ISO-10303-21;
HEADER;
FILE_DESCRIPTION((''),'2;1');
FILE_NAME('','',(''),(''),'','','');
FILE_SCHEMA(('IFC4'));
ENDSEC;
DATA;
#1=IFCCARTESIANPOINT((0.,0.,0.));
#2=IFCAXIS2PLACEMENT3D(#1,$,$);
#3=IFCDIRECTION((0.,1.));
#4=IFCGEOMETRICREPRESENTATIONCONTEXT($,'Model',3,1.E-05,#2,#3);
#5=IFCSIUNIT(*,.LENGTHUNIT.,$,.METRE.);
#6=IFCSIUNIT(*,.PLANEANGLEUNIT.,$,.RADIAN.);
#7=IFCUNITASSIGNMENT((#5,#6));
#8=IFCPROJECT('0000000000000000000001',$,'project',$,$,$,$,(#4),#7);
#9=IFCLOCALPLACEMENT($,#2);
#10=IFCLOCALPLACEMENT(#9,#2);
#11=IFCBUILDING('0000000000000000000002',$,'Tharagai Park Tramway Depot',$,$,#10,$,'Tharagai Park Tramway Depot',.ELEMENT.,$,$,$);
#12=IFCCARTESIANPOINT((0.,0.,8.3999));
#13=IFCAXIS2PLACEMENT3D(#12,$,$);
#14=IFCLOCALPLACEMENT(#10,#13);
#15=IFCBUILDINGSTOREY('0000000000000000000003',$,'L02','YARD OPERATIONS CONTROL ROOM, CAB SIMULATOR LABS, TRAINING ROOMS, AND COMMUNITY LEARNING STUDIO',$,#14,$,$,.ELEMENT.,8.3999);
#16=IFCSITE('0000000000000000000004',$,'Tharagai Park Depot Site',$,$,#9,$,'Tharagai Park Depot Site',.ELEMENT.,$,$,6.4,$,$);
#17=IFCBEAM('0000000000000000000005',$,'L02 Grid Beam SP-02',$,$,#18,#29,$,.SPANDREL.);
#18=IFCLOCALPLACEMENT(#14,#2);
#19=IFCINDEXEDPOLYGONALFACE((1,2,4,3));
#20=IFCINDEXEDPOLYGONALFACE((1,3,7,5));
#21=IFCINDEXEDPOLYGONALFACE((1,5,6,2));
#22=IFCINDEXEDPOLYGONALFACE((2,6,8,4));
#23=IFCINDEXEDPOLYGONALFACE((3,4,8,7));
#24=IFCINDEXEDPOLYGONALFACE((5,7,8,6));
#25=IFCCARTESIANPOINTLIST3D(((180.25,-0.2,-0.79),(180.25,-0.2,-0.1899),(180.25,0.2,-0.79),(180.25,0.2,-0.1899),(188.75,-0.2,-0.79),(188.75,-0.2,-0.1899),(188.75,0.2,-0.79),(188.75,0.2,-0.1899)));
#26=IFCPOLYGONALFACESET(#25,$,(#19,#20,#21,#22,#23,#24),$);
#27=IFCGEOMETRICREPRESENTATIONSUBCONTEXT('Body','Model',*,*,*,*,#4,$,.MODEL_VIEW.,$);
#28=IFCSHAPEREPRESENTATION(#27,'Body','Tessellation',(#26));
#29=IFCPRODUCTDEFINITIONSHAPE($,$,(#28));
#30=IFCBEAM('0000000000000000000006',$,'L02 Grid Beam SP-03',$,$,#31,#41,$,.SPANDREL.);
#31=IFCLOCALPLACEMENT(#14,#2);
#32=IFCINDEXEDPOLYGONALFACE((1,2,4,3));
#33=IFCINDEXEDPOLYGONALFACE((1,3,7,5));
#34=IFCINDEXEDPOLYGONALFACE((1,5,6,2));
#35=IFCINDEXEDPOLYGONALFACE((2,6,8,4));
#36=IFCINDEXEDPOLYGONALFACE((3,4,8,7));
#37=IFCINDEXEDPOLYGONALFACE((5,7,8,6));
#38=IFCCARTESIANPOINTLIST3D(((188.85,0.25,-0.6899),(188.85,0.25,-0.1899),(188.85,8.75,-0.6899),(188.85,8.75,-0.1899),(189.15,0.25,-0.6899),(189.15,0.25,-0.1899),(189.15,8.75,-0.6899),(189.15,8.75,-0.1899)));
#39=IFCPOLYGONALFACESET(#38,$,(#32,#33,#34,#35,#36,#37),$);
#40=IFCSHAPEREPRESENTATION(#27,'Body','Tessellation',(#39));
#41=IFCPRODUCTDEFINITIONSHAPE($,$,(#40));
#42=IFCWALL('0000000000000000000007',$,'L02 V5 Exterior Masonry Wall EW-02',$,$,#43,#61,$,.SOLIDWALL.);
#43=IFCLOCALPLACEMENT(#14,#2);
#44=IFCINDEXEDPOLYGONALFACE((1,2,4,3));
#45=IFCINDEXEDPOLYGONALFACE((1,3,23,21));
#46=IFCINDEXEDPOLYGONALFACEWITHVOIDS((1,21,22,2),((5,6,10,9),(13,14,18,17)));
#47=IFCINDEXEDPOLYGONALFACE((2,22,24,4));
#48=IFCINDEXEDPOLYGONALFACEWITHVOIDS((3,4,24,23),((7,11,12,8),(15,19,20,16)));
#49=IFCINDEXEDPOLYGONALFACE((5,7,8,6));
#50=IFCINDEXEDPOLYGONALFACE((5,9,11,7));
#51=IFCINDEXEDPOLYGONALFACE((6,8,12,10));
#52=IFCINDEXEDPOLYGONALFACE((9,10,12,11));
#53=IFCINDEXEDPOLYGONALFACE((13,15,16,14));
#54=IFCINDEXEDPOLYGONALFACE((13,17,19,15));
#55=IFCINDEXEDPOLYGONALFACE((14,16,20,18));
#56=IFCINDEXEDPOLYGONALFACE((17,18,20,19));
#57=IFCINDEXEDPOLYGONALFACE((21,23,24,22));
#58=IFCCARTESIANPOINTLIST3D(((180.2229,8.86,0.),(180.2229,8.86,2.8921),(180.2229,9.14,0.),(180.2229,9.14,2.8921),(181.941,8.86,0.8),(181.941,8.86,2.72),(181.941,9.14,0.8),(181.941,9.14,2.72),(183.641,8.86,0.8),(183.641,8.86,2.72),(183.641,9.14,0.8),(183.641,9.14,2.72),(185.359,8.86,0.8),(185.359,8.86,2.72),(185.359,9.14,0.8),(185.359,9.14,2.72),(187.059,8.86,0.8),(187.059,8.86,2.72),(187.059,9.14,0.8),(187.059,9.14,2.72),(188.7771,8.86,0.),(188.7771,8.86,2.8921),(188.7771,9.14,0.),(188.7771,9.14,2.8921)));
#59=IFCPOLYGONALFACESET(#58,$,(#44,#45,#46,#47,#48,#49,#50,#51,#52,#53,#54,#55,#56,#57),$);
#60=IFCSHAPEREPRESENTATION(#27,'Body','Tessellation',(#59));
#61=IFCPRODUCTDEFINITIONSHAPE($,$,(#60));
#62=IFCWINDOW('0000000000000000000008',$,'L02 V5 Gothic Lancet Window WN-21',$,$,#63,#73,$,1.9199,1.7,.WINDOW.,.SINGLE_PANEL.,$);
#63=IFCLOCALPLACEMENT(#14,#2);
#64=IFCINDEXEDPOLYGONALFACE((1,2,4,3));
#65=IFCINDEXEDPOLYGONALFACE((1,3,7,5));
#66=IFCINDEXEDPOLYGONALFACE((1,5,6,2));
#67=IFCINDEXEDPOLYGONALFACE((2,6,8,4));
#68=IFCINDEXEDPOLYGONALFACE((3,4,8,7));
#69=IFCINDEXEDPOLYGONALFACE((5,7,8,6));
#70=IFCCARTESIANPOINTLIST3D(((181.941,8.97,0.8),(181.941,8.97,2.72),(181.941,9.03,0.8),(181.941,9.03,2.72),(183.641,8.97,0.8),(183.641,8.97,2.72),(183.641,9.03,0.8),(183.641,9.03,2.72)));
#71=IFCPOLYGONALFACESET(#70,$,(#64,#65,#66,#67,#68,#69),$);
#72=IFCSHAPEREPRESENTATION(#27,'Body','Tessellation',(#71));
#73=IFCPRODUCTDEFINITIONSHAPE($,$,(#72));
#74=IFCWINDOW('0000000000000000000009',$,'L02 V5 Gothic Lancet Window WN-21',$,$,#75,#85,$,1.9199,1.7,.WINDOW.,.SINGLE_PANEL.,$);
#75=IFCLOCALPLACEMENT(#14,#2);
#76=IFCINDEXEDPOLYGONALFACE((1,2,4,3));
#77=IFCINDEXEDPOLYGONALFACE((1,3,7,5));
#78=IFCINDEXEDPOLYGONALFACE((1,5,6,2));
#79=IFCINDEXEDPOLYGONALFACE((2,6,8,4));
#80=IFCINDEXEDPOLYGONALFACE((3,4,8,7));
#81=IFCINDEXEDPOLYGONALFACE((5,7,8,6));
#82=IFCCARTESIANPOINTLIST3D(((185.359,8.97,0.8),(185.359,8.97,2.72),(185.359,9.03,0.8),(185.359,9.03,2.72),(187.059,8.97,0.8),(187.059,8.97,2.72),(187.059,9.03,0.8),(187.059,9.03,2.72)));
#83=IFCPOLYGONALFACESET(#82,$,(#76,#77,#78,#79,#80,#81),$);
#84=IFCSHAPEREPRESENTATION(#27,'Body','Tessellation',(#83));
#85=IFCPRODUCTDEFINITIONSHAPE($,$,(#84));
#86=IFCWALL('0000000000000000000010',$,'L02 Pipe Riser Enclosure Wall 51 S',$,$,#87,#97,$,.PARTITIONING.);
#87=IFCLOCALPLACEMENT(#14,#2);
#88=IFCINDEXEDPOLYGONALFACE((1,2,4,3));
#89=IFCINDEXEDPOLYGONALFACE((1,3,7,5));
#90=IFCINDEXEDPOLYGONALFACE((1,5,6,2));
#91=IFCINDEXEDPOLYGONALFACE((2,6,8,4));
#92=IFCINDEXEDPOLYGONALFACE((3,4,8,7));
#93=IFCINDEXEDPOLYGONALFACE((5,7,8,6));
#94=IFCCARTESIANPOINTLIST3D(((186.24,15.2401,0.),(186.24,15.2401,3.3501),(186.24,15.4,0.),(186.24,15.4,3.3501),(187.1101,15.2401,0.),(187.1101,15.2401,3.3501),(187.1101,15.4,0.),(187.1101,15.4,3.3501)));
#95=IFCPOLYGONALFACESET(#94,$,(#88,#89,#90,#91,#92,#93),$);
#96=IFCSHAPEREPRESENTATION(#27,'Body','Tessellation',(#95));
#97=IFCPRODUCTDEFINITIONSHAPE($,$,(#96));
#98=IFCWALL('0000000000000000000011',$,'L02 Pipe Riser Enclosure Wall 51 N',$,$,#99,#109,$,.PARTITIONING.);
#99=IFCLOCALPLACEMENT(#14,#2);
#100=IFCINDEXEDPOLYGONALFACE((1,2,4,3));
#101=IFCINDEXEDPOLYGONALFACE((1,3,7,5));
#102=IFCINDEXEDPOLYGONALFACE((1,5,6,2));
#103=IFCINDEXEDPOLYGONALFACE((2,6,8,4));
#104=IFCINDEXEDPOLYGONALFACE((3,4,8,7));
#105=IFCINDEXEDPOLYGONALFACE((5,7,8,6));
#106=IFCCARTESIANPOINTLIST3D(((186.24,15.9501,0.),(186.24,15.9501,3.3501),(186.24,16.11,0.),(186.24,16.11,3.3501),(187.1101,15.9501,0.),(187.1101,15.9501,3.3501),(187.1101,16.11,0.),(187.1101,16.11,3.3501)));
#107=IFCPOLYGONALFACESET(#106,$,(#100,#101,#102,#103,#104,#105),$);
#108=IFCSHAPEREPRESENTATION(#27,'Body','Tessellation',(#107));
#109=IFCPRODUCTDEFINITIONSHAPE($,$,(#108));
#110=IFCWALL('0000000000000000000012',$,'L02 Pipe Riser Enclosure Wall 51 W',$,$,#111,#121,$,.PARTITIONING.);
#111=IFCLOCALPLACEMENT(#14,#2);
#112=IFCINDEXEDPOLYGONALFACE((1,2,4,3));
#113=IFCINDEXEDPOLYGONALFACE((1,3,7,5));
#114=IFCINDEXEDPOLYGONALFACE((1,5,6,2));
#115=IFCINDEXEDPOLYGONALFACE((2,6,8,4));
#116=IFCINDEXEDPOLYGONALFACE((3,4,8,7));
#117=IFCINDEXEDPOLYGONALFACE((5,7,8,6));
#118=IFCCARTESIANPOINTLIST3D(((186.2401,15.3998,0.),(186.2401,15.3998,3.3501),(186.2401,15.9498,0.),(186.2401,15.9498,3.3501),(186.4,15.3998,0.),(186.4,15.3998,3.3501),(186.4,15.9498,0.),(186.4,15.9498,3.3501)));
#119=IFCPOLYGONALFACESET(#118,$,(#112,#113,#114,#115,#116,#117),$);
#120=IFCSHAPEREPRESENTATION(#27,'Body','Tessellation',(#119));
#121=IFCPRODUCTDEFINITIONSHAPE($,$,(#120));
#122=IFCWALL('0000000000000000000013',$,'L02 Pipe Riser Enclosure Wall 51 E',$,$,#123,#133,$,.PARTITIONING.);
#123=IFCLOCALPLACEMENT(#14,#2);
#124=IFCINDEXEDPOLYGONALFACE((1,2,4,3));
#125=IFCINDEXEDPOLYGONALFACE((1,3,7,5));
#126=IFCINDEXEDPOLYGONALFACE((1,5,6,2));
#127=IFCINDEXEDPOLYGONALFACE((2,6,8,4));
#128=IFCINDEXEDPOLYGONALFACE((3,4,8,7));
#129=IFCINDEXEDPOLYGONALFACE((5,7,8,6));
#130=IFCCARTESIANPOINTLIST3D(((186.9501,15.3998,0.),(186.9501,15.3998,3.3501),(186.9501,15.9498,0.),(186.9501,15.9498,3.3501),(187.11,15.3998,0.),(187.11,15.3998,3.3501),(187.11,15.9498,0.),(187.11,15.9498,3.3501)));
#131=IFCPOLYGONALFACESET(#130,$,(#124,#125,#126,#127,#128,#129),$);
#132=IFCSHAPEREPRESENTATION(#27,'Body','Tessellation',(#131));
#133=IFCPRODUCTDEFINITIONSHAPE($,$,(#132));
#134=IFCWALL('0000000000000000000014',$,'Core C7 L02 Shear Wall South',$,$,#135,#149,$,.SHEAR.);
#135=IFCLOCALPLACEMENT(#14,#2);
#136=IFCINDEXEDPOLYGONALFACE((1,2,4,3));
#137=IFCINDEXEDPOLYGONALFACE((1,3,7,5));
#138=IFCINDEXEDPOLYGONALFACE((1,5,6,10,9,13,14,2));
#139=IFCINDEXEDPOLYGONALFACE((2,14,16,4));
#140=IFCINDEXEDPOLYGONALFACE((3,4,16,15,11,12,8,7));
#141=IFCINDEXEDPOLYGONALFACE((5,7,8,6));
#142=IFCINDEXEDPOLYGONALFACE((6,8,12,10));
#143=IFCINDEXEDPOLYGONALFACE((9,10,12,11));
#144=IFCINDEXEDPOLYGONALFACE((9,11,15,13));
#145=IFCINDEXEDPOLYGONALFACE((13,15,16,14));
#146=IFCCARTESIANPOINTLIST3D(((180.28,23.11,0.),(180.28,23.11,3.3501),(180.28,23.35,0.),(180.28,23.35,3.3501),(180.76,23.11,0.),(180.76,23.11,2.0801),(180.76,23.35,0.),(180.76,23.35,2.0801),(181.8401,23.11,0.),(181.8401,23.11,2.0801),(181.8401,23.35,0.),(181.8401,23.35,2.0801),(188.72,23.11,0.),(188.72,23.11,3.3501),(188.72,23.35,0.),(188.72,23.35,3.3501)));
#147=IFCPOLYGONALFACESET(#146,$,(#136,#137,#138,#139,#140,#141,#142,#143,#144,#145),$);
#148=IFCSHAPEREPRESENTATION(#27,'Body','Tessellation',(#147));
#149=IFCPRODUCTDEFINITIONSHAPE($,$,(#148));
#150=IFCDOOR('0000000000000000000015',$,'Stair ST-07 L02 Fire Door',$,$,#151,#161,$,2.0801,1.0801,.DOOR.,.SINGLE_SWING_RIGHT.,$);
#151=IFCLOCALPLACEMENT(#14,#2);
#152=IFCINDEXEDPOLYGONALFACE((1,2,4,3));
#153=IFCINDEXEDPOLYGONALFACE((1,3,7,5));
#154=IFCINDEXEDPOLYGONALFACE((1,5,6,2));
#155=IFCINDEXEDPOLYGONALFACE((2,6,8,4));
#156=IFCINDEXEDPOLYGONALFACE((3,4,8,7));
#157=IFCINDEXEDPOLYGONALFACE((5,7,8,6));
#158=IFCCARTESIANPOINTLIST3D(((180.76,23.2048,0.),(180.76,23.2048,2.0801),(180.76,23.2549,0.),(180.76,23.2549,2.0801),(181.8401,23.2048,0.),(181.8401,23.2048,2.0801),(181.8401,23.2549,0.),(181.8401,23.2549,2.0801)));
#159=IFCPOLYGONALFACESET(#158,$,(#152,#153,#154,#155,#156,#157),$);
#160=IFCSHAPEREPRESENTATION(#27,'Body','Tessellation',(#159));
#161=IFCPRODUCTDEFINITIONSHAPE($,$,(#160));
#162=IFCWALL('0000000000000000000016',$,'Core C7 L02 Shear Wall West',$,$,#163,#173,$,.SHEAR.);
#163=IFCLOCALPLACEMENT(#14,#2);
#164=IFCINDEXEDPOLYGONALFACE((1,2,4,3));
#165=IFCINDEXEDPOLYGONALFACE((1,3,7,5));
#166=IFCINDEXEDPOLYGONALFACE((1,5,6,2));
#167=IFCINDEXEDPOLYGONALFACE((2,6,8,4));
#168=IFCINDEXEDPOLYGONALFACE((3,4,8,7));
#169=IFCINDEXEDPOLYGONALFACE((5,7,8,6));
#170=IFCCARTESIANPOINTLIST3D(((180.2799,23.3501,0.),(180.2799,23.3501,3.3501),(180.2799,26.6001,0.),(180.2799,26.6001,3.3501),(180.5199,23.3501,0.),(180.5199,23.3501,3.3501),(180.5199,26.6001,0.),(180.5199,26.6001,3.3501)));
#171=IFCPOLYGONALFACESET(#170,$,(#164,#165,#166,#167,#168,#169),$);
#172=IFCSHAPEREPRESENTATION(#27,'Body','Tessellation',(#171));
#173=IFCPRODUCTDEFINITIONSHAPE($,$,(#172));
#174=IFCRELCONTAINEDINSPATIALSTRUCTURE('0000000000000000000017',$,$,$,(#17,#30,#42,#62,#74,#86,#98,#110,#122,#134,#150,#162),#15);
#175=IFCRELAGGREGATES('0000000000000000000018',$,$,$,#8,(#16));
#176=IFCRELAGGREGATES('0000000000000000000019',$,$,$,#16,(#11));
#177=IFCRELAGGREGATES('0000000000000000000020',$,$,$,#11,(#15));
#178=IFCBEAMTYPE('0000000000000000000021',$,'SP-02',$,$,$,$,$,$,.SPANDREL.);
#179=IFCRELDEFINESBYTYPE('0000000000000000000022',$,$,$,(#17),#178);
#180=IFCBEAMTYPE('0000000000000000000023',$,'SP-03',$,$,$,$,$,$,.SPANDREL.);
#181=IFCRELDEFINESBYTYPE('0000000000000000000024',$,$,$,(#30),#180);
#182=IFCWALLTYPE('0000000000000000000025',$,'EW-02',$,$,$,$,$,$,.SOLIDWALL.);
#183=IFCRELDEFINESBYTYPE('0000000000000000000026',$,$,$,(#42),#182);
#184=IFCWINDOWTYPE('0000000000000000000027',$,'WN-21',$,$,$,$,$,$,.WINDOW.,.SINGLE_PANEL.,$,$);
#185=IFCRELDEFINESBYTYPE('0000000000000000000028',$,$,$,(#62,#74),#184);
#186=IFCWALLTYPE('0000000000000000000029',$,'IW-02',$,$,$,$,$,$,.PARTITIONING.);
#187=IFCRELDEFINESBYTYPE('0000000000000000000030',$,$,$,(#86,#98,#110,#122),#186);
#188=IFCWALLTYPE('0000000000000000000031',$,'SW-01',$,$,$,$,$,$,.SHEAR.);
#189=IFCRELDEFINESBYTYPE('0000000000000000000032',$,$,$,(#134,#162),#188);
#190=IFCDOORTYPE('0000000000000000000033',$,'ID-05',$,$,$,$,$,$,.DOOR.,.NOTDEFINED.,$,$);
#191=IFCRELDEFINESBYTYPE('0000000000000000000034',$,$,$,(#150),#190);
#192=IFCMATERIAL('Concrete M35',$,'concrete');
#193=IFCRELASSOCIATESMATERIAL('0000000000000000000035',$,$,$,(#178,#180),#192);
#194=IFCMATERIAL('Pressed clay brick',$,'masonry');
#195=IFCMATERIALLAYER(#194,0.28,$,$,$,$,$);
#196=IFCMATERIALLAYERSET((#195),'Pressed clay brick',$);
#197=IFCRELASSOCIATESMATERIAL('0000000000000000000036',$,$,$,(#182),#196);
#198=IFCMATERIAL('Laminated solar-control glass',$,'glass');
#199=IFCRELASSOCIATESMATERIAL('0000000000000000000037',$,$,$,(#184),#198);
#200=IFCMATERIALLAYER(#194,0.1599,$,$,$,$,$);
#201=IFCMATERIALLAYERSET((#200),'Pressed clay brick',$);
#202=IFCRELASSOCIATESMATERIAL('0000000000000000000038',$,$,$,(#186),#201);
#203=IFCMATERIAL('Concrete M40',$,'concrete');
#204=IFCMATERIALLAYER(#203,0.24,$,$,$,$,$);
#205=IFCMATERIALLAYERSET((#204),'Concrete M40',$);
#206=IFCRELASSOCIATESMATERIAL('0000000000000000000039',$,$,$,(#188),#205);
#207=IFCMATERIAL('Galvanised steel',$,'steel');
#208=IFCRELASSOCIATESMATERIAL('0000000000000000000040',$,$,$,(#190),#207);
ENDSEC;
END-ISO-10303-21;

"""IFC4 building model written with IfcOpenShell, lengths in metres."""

from ifc_helpers import new_model, si_unit, direction, frame, frame_2d, origin, origin_2d, place, context, subcontext, project, spatial, rectangle, extrude, material, layer, layer_set, material_profile, profile_set, type_object, element, fill, save


model = new_model("IFC4")

# Units and contexts
model_context = context("Model", 3, precision=1e-05, world=origin(), true_north=direction((0.0, 1.0)))
body_context = subcontext(model_context, "Body", "Model", "MODEL_VIEW")
ifc_project = project(units=[si_unit("LENGTHUNIT", "METRE"), si_unit("PLANEANGLEUNIT", "RADIAN")], contexts=[model_context])

# Site, building, storey
site_placement = place(None, origin())
site = spatial("IfcSite", under=ifc_project, at=site_placement, Name="Tharagai Park Depot Site", LongName="Tharagai Park Depot Site", CompositionType="ELEMENT", RefElevation=6.4)
building_placement = place(site_placement, origin())
building = spatial("IfcBuilding", under=site, at=building_placement, Name="Tharagai Park Tramway Depot", LongName="Tharagai Park Tramway Depot", CompositionType="ELEMENT")
storey_placement = place(building_placement, frame((0.0, 0.0, 8.3999)))
storey = spatial("IfcBuildingStorey", under=building, at=storey_placement, Name="L02", Description="YARD OPERATIONS CONTROL ROOM, CAB SIMULATOR LABS, TRAINING ROOMS, AND COMMUNITY LEARNING STUDIO", CompositionType="ELEMENT", Elevation=8.3999)

# Shared definitions
ifc_material_1 = material(Name="Concrete M40", Category="concrete")

# Shared definitions
ifc_material_2 = material(Name="Concrete M35", Category="concrete")

# Beams
ifc_material_profile_1 = material_profile(ifc_material_2, rectangle(XDim=0.3999, YDim=0.6001, at=origin_2d()), Name="RC 400x600")
ifc_profile_set_1 = profile_set([ifc_material_profile_1], Name="Concrete M35")
beam_type_1 = type_object("IfcBeamType", Name="SP-02", PredefinedType="SPANDREL", material=ifc_profile_set_1)
beam_1_placement = place(storey_placement, frame((180.25, 0.0, -0.49), z_axis=(1.0, 0.0, 0.0), x_axis=(0.0, 1.0, 0.0)))
element("IfcBeam", 1, at=beam_1_placement, inside=storey, type_object=beam_type_1, Name="L02 Grid Beam SP-02", PredefinedType="SPANDREL", context=body_context, shape_type="SweptSolid", body=[
    extrude(rectangle(XDim=0.3999, YDim=0.6001, at=origin_2d()), origin(), (0.0, 0.0, 1.0), 8.5),
])
ifc_material_profile_2 = material_profile(ifc_material_2, rectangle(XDim=0.3, YDim=0.5, at=origin_2d()), Name="RC 300x500")
ifc_profile_set_2 = profile_set([ifc_material_profile_2], Name="Concrete M35")
beam_type_2 = type_object("IfcBeamType", Name="SP-03", PredefinedType="SPANDREL", material=ifc_profile_set_2)
beam_2_placement = place(storey_placement, frame((189.0, 0.25, -0.4399), z_axis=(0.0, 1.0, 0.0), x_axis=(-1.0, 0.0, 0.0)))
element("IfcBeam", 2, at=beam_2_placement, inside=storey, type_object=beam_type_2, Name="L02 Grid Beam SP-03", PredefinedType="SPANDREL", context=body_context, shape_type="SweptSolid", body=[
    extrude(rectangle(XDim=0.3, YDim=0.5, at=origin_2d()), origin(), (0.0, 0.0, 1.0), 8.5),
])

# Wall, openings, windows
ifc_material_3 = material(Name="Pressed clay brick", Category="masonry")
ifc_layer_1 = layer(ifc_material_3, 0.28)
ifc_layer_set_1 = layer_set([ifc_layer_1], Name="Pressed clay brick")
wall_type_1 = type_object("IfcWallType", Name="EW-02", PredefinedType="SOLIDWALL", material=ifc_layer_set_1)
wall_1_placement = place(storey_placement, frame((180.2229, 9.0, 0.0), z_axis=(0.0, 0.0, 1.0), x_axis=(1.0, 0.0, 0.0)))
wall_1 = element("IfcWall", 3, at=wall_1_placement, inside=storey, type_object=wall_type_1, Name="L02 V5 Exterior Masonry Wall EW-02", PredefinedType="SOLIDWALL", context=body_context, shape_type="SweptSolid", body=[
    extrude(rectangle(XDim=8.5542, YDim=0.28, at=frame_2d((4.2771, 0.0))), origin(), (0.0, 0.0, 1.0), 2.8921),
])
opening_1_placement = place(wall_1_placement, frame((1.718, 0.0, 0.8)))
opening_1 = element("IfcOpeningElement", 4, at=opening_1_placement, cuts=wall_1, PredefinedType="OPENING", context=body_context, shape_type="SweptSolid", body=[
    extrude(rectangle(XDim=1.7, YDim=1.9199, at=frame_2d((0.8501, 0.96))), frame((0.0, 0.1499, 0.0), z_axis=(0.0, -1.0, 0.0), x_axis=(1.0, 0.0, 0.0)), (0.0, 0.0, 1.0), 0.3),
])
opening_2_placement = place(wall_1_placement, frame((5.136, 0.0, 0.8)))
opening_2 = element("IfcOpeningElement", 5, at=opening_2_placement, cuts=wall_1, PredefinedType="OPENING", context=body_context, shape_type="SweptSolid", body=[
    extrude(rectangle(XDim=1.7, YDim=1.9199, at=frame_2d((0.8501, 0.96))), frame((0.0, 0.1499, 0.0), z_axis=(0.0, -1.0, 0.0), x_axis=(1.0, 0.0, 0.0)), (0.0, 0.0, 1.0), 0.3),
])
ifc_material_4 = material(Name="Laminated solar-control glass", Category="glass")
window_type = type_object("IfcWindowType", Name="WN-21", PartitioningType="SINGLE_PANEL", PredefinedType="WINDOW", material=ifc_material_4)
window_1_placement = place(opening_1_placement, origin())
window_1 = element("IfcWindow", 6, at=window_1_placement, inside=storey, type_object=window_type, Name="L02 V5 Gothic Lancet Window WN-21", OverallHeight=1.9199, OverallWidth=1.7, PartitioningType="SINGLE_PANEL", PredefinedType="WINDOW", context=body_context, shape_type="SweptSolid", body=[
    extrude(rectangle(XDim=1.7, YDim=1.9199, at=frame_2d((0.8501, 0.96))), frame((0.0, 0.03, 0.0), z_axis=(0.0, -1.0, 0.0), x_axis=(1.0, 0.0, 0.0)), (0.0, 0.0, 1.0), 0.0601),
])
fill(opening_1, window_1)
window_2_placement = place(opening_2_placement, origin())
window_2 = element("IfcWindow", 7, at=window_2_placement, inside=storey, type_object=window_type, Name="L02 V5 Gothic Lancet Window WN-21", OverallHeight=1.9199, OverallWidth=1.7, PartitioningType="SINGLE_PANEL", PredefinedType="WINDOW", context=body_context, shape_type="SweptSolid", body=[
    extrude(rectangle(XDim=1.7, YDim=1.9199, at=frame_2d((0.8501, 0.96))), frame((0.0, 0.03, 0.0), z_axis=(0.0, -1.0, 0.0), x_axis=(1.0, 0.0, 0.0)), (0.0, 0.0, 1.0), 0.0601),
])
fill(opening_2, window_2)

# Walls
ifc_layer_2 = layer(ifc_material_3, 0.1599)
ifc_layer_set_2 = layer_set([ifc_layer_2], Name="Pressed clay brick")
wall_type_2 = type_object("IfcWallType", Name="IW-02", PredefinedType="PARTITIONING", material=ifc_layer_set_2)
for number, where, z_axis, x_axis, name in (
    (8, (186.24, 15.3201, 0.0), (0.0, 0.0, 1.0), (1.0, 0.0, 0.0), "L02 Pipe Riser Enclosure Wall 51 S"),
    (9, (186.24, 16.03, 0.0), (0.0, 0.0, 1.0), (1.0, 0.0, 0.0), "L02 Pipe Riser Enclosure Wall 51 N"),
):
    element("IfcWall", number, at=place(storey_placement, frame(where, z_axis=z_axis, x_axis=x_axis)), inside=storey, type_object=wall_type_2, Name=name, PredefinedType="PARTITIONING", context=body_context, shape_type="SweptSolid", body=[
        extrude(rectangle(XDim=0.8701, YDim=0.1599, at=frame_2d((0.4351, 0.0))), origin(), (0.0, 0.0, 1.0), 3.3501),
    ])
for number, where, z_axis, x_axis, name in (
    (10, (186.3201, 15.3999, 0.0), (0.0, 0.0, 1.0), (0.0, 1.0, 0.0), "L02 Pipe Riser Enclosure Wall 51 W"),
    (11, (187.03, 15.3999, 0.0), (0.0, 0.0, 1.0), (0.0, 1.0, 0.0), "L02 Pipe Riser Enclosure Wall 51 E"),
):
    element("IfcWall", number, at=place(storey_placement, frame(where, z_axis=z_axis, x_axis=x_axis)), inside=storey, type_object=wall_type_2, Name=name, PredefinedType="PARTITIONING", context=body_context, shape_type="SweptSolid", body=[
        extrude(rectangle(XDim=0.55, YDim=0.1599, at=frame_2d((0.2749, 0.0))), origin(), (0.0, 0.0, 1.0), 3.3501),
    ])

# Wall, opening, door
ifc_layer_3 = layer(ifc_material_1, 0.24)
ifc_layer_set_3 = layer_set([ifc_layer_3], Name="Concrete M40")
wall_type_3 = type_object("IfcWallType", Name="SW-01", PredefinedType="SHEAR", material=ifc_layer_set_3)
wall_2_placement = place(storey_placement, frame((180.28, 23.23, 0.0), z_axis=(0.0, 0.0, 1.0), x_axis=(1.0, 0.0, 0.0)))
wall_2 = element("IfcWall", 12, at=wall_2_placement, inside=storey, type_object=wall_type_3, Name="Core C7 L02 Shear Wall South", PredefinedType="SHEAR", context=body_context, shape_type="SweptSolid", body=[
    extrude(rectangle(XDim=8.4399, YDim=0.24, at=frame_2d((4.22, 0.0))), origin(), (0.0, 0.0, 1.0), 3.3501),
])
opening_3_placement = place(wall_2_placement, frame((0.48, 0.0, 0.0)))
opening_3 = element("IfcOpeningElement", 13, at=opening_3_placement, cuts=wall_2, PredefinedType="OPENING", context=body_context, shape_type="SweptSolid", body=[
    extrude(rectangle(XDim=1.0801, YDim=2.0801, at=frame_2d((0.54, 1.04))), frame((0.0, 0.1299, 0.0), z_axis=(0.0, -1.0, 0.0), x_axis=(1.0, 0.0, 0.0)), (0.0, 0.0, 1.0), 0.26),
])
ifc_material_5 = material(Name="Galvanised steel", Category="steel")
door_type = type_object("IfcDoorType", Name="ID-05", OperationType="NOTDEFINED", PredefinedType="DOOR", material=ifc_material_5)
door_placement = place(opening_3_placement, origin())
door = element("IfcDoor", 14, at=door_placement, inside=storey, type_object=door_type, Name="Stair ST-07 L02 Fire Door", OperationType="SINGLE_SWING_RIGHT", OverallHeight=2.0801, OverallWidth=1.0801, PredefinedType="DOOR", context=body_context, shape_type="SweptSolid", body=[
    extrude(rectangle(XDim=1.0801, YDim=2.0801, at=frame_2d((0.54, 1.04))), frame((0.0, 0.0249, 0.0), z_axis=(0.0, -1.0, 0.0), x_axis=(1.0, 0.0, 0.0)), (0.0, 0.0, 1.0), 0.05),
])
fill(opening_3, door)

# Wall
for number, where, z_axis, x_axis, name in (
    (15, (180.3999, 23.3501, 0.0), (0.0, 0.0, 1.0), (0.0, 1.0, 0.0), "Core C7 L02 Shear Wall West"),
):
    element("IfcWall", number, at=place(storey_placement, frame(where, z_axis=z_axis, x_axis=x_axis)), inside=storey, type_object=wall_type_3, Name=name, PredefinedType="SHEAR", context=body_context, shape_type="SweptSolid", body=[
        extrude(rectangle(XDim=3.25, YDim=0.24, at=frame_2d((1.625, 0.0))), origin(), (0.0, 0.0, 1.0), 3.3501),
    ])

save(model, "model.ifc")
